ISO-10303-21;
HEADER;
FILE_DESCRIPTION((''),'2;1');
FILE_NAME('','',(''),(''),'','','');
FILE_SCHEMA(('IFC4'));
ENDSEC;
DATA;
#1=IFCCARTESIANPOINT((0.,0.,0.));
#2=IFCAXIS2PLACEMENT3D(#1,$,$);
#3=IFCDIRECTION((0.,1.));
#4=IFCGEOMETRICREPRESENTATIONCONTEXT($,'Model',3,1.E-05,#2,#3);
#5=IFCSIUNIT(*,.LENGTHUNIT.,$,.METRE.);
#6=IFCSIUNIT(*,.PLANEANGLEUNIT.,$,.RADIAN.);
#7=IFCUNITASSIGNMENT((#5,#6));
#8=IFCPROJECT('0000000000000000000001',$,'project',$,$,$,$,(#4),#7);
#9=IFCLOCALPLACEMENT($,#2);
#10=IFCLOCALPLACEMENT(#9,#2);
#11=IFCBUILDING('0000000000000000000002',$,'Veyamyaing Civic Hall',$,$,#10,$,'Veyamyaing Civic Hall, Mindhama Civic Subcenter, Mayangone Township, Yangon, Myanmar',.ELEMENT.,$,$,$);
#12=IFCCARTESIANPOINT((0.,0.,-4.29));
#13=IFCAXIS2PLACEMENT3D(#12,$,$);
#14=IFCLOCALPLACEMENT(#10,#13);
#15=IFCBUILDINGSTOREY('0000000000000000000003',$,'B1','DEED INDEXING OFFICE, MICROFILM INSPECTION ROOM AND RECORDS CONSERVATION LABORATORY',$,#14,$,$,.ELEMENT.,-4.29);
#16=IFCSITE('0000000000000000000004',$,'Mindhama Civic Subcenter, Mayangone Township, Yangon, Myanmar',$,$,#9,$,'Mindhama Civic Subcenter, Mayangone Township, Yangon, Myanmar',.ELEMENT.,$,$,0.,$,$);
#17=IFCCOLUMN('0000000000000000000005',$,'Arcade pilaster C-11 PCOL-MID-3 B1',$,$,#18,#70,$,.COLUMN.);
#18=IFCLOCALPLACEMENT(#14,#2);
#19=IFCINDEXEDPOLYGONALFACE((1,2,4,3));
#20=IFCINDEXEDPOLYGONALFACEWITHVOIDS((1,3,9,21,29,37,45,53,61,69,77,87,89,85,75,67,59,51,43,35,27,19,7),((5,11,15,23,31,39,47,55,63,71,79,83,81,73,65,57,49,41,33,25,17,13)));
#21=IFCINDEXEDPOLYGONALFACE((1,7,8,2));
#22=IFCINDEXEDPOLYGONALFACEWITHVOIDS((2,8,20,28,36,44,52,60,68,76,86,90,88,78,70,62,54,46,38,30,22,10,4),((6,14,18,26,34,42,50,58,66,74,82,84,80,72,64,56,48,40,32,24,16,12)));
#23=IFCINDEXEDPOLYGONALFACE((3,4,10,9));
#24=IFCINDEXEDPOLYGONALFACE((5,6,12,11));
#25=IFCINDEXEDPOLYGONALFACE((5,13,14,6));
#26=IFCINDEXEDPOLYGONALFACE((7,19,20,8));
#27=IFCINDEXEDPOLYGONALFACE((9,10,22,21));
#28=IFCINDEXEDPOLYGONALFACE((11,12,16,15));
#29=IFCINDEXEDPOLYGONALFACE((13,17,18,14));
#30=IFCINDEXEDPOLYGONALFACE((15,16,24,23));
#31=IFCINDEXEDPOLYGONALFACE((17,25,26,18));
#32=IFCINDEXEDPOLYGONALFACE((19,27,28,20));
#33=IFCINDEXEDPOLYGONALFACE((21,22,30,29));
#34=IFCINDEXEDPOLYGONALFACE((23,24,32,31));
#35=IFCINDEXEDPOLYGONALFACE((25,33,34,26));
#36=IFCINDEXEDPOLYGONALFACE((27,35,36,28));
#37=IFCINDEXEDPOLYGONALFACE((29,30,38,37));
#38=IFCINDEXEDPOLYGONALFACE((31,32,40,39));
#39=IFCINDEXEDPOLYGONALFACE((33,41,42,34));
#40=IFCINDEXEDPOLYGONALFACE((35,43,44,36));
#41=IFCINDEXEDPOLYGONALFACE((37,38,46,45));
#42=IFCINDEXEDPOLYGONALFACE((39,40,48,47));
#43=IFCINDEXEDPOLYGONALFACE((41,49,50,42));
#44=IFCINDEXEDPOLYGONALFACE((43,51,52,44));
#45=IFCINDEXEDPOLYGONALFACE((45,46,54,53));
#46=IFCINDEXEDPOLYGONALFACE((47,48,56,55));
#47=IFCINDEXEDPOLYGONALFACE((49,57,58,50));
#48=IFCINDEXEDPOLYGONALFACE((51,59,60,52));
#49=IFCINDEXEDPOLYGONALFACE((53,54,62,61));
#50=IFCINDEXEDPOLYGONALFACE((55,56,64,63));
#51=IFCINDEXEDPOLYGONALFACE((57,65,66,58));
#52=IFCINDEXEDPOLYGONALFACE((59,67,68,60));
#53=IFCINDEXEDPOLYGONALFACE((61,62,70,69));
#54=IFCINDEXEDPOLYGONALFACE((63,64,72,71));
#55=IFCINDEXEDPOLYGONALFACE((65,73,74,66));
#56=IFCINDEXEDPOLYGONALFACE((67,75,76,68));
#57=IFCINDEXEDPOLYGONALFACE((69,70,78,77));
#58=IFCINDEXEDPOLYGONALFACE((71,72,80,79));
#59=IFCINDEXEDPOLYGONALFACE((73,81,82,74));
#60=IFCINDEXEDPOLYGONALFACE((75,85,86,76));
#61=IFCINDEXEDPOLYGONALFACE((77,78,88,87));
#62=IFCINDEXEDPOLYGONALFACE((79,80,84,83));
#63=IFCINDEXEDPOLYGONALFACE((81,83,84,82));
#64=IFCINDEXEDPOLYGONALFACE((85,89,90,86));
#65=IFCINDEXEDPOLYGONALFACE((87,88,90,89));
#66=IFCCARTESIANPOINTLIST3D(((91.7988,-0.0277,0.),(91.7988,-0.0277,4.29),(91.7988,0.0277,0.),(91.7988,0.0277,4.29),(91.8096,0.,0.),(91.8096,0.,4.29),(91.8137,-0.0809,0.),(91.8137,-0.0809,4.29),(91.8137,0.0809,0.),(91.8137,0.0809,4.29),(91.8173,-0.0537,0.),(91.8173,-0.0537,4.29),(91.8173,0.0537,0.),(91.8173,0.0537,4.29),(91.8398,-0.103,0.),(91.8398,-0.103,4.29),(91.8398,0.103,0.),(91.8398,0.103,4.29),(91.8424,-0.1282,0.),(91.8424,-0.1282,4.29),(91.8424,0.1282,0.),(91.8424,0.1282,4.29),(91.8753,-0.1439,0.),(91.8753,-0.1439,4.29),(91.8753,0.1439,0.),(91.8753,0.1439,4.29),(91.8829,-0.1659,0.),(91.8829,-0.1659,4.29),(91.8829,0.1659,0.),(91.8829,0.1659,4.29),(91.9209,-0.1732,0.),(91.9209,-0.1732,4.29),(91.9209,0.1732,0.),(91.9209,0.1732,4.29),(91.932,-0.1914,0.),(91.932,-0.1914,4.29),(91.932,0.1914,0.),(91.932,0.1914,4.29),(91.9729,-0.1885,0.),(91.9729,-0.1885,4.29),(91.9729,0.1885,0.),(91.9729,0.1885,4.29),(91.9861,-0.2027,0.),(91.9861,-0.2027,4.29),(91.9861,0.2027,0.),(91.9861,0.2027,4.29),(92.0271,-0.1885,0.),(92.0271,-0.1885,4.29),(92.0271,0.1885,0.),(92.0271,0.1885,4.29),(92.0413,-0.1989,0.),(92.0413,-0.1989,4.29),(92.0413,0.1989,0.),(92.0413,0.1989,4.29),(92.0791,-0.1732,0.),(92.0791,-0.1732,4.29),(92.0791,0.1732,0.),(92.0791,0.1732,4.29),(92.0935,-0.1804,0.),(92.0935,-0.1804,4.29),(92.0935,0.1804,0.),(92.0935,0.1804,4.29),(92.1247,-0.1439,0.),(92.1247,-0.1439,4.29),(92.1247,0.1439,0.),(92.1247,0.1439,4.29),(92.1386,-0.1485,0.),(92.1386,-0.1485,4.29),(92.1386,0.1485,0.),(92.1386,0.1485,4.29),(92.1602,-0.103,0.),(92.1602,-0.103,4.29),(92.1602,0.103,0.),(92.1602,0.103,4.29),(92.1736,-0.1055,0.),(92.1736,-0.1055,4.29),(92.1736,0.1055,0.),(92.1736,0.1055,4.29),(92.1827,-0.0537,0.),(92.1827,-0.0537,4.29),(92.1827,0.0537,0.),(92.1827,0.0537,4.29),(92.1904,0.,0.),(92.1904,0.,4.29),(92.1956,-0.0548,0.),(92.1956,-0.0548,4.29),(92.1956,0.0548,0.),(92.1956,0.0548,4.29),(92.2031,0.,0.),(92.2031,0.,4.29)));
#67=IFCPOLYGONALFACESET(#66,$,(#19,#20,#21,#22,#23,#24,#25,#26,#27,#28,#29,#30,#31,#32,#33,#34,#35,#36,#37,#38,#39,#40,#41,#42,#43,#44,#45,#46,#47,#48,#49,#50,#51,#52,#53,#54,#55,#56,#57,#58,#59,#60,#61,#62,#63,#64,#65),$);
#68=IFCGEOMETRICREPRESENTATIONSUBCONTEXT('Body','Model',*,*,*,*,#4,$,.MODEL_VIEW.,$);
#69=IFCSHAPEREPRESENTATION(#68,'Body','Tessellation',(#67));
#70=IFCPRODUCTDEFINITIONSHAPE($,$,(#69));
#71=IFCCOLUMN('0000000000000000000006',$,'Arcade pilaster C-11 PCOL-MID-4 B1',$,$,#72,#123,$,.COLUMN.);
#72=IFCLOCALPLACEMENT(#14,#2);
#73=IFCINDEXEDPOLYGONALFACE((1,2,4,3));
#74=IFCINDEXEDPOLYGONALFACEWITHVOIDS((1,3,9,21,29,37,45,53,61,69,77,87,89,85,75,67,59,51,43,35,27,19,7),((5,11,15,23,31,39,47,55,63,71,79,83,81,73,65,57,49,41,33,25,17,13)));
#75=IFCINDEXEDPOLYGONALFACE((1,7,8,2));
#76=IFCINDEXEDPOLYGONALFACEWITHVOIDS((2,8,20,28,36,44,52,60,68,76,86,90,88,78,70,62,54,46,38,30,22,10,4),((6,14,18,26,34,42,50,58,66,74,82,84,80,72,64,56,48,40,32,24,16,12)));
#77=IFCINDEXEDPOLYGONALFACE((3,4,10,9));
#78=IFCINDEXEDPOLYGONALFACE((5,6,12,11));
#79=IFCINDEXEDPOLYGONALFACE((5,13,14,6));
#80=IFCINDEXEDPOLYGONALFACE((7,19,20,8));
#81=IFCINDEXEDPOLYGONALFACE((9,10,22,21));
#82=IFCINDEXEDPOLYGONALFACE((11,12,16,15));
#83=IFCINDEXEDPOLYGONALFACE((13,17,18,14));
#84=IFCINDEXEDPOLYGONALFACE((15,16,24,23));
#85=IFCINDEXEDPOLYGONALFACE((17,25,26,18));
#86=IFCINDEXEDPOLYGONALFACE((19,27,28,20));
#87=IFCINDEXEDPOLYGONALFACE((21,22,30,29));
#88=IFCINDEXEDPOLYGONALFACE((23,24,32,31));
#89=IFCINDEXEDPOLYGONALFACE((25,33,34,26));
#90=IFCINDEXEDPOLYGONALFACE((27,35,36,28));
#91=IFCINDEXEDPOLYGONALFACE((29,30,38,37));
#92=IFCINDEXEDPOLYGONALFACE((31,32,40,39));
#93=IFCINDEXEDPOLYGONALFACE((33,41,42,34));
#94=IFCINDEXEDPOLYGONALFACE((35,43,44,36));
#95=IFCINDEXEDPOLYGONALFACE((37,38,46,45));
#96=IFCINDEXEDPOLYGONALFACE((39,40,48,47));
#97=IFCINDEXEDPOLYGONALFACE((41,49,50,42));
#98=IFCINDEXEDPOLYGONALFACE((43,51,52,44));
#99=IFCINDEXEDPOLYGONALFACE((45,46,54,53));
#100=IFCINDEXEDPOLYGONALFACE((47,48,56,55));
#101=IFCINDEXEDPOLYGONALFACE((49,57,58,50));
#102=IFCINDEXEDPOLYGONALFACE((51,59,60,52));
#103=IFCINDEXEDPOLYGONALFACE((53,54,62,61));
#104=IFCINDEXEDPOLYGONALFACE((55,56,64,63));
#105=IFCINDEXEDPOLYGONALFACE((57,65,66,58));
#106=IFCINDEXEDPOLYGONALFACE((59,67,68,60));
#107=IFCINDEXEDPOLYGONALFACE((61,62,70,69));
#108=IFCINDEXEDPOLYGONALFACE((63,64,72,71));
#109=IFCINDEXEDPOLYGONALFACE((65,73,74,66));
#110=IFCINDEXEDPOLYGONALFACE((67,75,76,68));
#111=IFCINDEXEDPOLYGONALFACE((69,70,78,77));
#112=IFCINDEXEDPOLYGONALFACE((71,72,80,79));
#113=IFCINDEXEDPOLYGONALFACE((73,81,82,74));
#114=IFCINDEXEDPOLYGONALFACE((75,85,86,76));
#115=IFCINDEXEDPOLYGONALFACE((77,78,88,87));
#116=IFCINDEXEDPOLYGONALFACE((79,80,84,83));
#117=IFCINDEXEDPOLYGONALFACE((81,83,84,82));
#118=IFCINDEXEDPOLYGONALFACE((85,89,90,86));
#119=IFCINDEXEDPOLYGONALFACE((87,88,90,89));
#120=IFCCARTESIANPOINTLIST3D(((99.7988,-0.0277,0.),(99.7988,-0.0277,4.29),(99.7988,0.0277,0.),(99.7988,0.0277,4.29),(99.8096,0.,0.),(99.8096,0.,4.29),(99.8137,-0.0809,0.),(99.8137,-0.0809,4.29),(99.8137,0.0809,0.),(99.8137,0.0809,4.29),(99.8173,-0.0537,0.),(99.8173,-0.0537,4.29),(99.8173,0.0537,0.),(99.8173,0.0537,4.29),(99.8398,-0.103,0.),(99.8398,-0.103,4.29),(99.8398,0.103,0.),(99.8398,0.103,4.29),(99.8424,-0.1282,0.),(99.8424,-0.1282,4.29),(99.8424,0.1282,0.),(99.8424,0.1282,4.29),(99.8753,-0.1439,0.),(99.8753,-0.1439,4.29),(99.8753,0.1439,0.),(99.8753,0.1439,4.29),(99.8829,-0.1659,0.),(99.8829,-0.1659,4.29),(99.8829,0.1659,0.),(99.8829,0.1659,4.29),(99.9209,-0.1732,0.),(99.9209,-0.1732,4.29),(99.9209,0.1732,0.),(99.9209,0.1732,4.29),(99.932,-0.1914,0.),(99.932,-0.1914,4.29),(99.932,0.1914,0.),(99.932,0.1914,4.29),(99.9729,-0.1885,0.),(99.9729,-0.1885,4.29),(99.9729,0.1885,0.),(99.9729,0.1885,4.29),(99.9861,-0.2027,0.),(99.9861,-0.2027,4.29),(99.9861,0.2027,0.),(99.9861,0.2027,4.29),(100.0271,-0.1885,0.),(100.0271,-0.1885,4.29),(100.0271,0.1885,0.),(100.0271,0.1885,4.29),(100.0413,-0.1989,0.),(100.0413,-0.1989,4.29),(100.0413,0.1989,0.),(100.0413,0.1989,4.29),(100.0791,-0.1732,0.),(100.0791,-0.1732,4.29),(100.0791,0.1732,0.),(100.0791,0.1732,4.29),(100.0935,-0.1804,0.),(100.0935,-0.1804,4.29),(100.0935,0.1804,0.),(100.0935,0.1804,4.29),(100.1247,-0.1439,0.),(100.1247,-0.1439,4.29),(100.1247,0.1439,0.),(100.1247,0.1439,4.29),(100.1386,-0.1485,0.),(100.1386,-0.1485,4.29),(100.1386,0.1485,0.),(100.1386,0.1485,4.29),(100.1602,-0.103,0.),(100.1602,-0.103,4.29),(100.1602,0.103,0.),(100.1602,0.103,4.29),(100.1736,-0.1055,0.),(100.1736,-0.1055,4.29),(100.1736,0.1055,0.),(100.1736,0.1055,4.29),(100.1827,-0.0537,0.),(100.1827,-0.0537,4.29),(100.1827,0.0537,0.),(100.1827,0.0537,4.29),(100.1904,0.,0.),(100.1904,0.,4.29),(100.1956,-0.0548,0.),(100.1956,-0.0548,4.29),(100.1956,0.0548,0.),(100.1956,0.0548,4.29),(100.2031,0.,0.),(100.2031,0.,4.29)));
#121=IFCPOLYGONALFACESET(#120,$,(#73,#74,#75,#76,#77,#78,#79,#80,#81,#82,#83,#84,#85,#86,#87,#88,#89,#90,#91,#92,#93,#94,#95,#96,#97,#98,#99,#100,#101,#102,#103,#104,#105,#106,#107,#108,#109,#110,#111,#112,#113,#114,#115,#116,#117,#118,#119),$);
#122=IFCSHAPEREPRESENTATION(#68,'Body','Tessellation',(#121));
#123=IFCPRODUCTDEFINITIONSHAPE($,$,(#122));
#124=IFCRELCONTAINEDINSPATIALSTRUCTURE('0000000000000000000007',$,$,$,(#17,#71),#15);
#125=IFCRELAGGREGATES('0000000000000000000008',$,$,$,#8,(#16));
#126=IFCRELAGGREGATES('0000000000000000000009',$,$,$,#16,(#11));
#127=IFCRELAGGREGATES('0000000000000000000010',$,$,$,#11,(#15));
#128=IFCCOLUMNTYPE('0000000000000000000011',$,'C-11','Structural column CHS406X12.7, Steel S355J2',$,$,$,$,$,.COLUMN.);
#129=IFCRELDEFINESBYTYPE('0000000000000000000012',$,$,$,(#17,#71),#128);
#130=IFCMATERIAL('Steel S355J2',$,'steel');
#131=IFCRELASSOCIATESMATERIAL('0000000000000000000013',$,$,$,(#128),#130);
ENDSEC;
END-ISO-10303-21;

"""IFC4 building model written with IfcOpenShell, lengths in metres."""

from ifc_helpers import new_model, si_unit, direction, frame, origin, origin_2d, place, context, subcontext, project, spatial, hollow_circle, extrude, material, material_profile, profile_set, type_object, element, save


model = new_model("IFC4")

# Units and contexts
model_context = context("Model", 3, precision=1e-05, world=origin(), true_north=direction((0.0, 1.0)))
body_context = subcontext(model_context, "Body", "Model", "MODEL_VIEW")
ifc_project = project(units=[si_unit("LENGTHUNIT", "METRE"), si_unit("PLANEANGLEUNIT", "RADIAN")], contexts=[model_context])

# Site, building, storey
site_placement = place(None, origin())
site = spatial("IfcSite", under=ifc_project, at=site_placement, Name="Mindhama Civic Subcenter, Mayangone Township, Yangon, Myanmar", LongName="Mindhama Civic Subcenter, Mayangone Township, Yangon, Myanmar", CompositionType="ELEMENT", RefElevation=0.0)
building_placement = place(site_placement, origin())
building = spatial("IfcBuilding", under=site, at=building_placement, Name="Veyamyaing Civic Hall", LongName="Veyamyaing Civic Hall, Mindhama Civic Subcenter, Mayangone Township, Yangon, Myanmar", CompositionType="ELEMENT")
storey_placement = place(building_placement, frame((0.0, 0.0, -4.29)))
storey = spatial("IfcBuildingStorey", under=building, at=storey_placement, Name="B1", Description="DEED INDEXING OFFICE, MICROFILM INSPECTION ROOM AND RECORDS CONSERVATION LABORATORY", CompositionType="ELEMENT", Elevation=-4.29)

# Columns
ifc_material_1 = material(Name="Steel S355J2", Category="steel")
ifc_material_profile_1 = material_profile(ifc_material_1, hollow_circle(Radius=0.2031, WallThickness=0.0127, at=origin_2d()), Name="CHS406X12.7")
ifc_profile_set_1 = profile_set([ifc_material_profile_1], Name="Steel S355J2")
column_type_1 = type_object("IfcColumnType", Name="C-11", Description="Structural column CHS406X12.7, Steel S355J2", PredefinedType="COLUMN", material=ifc_profile_set_1)
for number, where, z_axis, x_axis, name in (
    (1, (92.0, 0.0, 0.0), (0.0, 0.0, 1.0), (1.0, 0.0, 0.0), "Arcade pilaster C-11 PCOL-MID-3 B1"),
    (2, (100.0, 0.0, 0.0), (0.0, 0.0, 1.0), (1.0, 0.0, 0.0), "Arcade pilaster C-11 PCOL-MID-4 B1"),
):
    element("IfcColumn", number, at=place(storey_placement, frame(where, z_axis=z_axis, x_axis=x_axis)), inside=storey, type_object=column_type_1, Name=name, PredefinedType="COLUMN", context=body_context, shape_type="SweptSolid", body=[
        extrude(hollow_circle(Radius=0.2031, WallThickness=0.0127, at=origin_2d()), origin(), (0.0, 0.0, 1.0), 4.29),
    ])

save(model, "model.ifc")
